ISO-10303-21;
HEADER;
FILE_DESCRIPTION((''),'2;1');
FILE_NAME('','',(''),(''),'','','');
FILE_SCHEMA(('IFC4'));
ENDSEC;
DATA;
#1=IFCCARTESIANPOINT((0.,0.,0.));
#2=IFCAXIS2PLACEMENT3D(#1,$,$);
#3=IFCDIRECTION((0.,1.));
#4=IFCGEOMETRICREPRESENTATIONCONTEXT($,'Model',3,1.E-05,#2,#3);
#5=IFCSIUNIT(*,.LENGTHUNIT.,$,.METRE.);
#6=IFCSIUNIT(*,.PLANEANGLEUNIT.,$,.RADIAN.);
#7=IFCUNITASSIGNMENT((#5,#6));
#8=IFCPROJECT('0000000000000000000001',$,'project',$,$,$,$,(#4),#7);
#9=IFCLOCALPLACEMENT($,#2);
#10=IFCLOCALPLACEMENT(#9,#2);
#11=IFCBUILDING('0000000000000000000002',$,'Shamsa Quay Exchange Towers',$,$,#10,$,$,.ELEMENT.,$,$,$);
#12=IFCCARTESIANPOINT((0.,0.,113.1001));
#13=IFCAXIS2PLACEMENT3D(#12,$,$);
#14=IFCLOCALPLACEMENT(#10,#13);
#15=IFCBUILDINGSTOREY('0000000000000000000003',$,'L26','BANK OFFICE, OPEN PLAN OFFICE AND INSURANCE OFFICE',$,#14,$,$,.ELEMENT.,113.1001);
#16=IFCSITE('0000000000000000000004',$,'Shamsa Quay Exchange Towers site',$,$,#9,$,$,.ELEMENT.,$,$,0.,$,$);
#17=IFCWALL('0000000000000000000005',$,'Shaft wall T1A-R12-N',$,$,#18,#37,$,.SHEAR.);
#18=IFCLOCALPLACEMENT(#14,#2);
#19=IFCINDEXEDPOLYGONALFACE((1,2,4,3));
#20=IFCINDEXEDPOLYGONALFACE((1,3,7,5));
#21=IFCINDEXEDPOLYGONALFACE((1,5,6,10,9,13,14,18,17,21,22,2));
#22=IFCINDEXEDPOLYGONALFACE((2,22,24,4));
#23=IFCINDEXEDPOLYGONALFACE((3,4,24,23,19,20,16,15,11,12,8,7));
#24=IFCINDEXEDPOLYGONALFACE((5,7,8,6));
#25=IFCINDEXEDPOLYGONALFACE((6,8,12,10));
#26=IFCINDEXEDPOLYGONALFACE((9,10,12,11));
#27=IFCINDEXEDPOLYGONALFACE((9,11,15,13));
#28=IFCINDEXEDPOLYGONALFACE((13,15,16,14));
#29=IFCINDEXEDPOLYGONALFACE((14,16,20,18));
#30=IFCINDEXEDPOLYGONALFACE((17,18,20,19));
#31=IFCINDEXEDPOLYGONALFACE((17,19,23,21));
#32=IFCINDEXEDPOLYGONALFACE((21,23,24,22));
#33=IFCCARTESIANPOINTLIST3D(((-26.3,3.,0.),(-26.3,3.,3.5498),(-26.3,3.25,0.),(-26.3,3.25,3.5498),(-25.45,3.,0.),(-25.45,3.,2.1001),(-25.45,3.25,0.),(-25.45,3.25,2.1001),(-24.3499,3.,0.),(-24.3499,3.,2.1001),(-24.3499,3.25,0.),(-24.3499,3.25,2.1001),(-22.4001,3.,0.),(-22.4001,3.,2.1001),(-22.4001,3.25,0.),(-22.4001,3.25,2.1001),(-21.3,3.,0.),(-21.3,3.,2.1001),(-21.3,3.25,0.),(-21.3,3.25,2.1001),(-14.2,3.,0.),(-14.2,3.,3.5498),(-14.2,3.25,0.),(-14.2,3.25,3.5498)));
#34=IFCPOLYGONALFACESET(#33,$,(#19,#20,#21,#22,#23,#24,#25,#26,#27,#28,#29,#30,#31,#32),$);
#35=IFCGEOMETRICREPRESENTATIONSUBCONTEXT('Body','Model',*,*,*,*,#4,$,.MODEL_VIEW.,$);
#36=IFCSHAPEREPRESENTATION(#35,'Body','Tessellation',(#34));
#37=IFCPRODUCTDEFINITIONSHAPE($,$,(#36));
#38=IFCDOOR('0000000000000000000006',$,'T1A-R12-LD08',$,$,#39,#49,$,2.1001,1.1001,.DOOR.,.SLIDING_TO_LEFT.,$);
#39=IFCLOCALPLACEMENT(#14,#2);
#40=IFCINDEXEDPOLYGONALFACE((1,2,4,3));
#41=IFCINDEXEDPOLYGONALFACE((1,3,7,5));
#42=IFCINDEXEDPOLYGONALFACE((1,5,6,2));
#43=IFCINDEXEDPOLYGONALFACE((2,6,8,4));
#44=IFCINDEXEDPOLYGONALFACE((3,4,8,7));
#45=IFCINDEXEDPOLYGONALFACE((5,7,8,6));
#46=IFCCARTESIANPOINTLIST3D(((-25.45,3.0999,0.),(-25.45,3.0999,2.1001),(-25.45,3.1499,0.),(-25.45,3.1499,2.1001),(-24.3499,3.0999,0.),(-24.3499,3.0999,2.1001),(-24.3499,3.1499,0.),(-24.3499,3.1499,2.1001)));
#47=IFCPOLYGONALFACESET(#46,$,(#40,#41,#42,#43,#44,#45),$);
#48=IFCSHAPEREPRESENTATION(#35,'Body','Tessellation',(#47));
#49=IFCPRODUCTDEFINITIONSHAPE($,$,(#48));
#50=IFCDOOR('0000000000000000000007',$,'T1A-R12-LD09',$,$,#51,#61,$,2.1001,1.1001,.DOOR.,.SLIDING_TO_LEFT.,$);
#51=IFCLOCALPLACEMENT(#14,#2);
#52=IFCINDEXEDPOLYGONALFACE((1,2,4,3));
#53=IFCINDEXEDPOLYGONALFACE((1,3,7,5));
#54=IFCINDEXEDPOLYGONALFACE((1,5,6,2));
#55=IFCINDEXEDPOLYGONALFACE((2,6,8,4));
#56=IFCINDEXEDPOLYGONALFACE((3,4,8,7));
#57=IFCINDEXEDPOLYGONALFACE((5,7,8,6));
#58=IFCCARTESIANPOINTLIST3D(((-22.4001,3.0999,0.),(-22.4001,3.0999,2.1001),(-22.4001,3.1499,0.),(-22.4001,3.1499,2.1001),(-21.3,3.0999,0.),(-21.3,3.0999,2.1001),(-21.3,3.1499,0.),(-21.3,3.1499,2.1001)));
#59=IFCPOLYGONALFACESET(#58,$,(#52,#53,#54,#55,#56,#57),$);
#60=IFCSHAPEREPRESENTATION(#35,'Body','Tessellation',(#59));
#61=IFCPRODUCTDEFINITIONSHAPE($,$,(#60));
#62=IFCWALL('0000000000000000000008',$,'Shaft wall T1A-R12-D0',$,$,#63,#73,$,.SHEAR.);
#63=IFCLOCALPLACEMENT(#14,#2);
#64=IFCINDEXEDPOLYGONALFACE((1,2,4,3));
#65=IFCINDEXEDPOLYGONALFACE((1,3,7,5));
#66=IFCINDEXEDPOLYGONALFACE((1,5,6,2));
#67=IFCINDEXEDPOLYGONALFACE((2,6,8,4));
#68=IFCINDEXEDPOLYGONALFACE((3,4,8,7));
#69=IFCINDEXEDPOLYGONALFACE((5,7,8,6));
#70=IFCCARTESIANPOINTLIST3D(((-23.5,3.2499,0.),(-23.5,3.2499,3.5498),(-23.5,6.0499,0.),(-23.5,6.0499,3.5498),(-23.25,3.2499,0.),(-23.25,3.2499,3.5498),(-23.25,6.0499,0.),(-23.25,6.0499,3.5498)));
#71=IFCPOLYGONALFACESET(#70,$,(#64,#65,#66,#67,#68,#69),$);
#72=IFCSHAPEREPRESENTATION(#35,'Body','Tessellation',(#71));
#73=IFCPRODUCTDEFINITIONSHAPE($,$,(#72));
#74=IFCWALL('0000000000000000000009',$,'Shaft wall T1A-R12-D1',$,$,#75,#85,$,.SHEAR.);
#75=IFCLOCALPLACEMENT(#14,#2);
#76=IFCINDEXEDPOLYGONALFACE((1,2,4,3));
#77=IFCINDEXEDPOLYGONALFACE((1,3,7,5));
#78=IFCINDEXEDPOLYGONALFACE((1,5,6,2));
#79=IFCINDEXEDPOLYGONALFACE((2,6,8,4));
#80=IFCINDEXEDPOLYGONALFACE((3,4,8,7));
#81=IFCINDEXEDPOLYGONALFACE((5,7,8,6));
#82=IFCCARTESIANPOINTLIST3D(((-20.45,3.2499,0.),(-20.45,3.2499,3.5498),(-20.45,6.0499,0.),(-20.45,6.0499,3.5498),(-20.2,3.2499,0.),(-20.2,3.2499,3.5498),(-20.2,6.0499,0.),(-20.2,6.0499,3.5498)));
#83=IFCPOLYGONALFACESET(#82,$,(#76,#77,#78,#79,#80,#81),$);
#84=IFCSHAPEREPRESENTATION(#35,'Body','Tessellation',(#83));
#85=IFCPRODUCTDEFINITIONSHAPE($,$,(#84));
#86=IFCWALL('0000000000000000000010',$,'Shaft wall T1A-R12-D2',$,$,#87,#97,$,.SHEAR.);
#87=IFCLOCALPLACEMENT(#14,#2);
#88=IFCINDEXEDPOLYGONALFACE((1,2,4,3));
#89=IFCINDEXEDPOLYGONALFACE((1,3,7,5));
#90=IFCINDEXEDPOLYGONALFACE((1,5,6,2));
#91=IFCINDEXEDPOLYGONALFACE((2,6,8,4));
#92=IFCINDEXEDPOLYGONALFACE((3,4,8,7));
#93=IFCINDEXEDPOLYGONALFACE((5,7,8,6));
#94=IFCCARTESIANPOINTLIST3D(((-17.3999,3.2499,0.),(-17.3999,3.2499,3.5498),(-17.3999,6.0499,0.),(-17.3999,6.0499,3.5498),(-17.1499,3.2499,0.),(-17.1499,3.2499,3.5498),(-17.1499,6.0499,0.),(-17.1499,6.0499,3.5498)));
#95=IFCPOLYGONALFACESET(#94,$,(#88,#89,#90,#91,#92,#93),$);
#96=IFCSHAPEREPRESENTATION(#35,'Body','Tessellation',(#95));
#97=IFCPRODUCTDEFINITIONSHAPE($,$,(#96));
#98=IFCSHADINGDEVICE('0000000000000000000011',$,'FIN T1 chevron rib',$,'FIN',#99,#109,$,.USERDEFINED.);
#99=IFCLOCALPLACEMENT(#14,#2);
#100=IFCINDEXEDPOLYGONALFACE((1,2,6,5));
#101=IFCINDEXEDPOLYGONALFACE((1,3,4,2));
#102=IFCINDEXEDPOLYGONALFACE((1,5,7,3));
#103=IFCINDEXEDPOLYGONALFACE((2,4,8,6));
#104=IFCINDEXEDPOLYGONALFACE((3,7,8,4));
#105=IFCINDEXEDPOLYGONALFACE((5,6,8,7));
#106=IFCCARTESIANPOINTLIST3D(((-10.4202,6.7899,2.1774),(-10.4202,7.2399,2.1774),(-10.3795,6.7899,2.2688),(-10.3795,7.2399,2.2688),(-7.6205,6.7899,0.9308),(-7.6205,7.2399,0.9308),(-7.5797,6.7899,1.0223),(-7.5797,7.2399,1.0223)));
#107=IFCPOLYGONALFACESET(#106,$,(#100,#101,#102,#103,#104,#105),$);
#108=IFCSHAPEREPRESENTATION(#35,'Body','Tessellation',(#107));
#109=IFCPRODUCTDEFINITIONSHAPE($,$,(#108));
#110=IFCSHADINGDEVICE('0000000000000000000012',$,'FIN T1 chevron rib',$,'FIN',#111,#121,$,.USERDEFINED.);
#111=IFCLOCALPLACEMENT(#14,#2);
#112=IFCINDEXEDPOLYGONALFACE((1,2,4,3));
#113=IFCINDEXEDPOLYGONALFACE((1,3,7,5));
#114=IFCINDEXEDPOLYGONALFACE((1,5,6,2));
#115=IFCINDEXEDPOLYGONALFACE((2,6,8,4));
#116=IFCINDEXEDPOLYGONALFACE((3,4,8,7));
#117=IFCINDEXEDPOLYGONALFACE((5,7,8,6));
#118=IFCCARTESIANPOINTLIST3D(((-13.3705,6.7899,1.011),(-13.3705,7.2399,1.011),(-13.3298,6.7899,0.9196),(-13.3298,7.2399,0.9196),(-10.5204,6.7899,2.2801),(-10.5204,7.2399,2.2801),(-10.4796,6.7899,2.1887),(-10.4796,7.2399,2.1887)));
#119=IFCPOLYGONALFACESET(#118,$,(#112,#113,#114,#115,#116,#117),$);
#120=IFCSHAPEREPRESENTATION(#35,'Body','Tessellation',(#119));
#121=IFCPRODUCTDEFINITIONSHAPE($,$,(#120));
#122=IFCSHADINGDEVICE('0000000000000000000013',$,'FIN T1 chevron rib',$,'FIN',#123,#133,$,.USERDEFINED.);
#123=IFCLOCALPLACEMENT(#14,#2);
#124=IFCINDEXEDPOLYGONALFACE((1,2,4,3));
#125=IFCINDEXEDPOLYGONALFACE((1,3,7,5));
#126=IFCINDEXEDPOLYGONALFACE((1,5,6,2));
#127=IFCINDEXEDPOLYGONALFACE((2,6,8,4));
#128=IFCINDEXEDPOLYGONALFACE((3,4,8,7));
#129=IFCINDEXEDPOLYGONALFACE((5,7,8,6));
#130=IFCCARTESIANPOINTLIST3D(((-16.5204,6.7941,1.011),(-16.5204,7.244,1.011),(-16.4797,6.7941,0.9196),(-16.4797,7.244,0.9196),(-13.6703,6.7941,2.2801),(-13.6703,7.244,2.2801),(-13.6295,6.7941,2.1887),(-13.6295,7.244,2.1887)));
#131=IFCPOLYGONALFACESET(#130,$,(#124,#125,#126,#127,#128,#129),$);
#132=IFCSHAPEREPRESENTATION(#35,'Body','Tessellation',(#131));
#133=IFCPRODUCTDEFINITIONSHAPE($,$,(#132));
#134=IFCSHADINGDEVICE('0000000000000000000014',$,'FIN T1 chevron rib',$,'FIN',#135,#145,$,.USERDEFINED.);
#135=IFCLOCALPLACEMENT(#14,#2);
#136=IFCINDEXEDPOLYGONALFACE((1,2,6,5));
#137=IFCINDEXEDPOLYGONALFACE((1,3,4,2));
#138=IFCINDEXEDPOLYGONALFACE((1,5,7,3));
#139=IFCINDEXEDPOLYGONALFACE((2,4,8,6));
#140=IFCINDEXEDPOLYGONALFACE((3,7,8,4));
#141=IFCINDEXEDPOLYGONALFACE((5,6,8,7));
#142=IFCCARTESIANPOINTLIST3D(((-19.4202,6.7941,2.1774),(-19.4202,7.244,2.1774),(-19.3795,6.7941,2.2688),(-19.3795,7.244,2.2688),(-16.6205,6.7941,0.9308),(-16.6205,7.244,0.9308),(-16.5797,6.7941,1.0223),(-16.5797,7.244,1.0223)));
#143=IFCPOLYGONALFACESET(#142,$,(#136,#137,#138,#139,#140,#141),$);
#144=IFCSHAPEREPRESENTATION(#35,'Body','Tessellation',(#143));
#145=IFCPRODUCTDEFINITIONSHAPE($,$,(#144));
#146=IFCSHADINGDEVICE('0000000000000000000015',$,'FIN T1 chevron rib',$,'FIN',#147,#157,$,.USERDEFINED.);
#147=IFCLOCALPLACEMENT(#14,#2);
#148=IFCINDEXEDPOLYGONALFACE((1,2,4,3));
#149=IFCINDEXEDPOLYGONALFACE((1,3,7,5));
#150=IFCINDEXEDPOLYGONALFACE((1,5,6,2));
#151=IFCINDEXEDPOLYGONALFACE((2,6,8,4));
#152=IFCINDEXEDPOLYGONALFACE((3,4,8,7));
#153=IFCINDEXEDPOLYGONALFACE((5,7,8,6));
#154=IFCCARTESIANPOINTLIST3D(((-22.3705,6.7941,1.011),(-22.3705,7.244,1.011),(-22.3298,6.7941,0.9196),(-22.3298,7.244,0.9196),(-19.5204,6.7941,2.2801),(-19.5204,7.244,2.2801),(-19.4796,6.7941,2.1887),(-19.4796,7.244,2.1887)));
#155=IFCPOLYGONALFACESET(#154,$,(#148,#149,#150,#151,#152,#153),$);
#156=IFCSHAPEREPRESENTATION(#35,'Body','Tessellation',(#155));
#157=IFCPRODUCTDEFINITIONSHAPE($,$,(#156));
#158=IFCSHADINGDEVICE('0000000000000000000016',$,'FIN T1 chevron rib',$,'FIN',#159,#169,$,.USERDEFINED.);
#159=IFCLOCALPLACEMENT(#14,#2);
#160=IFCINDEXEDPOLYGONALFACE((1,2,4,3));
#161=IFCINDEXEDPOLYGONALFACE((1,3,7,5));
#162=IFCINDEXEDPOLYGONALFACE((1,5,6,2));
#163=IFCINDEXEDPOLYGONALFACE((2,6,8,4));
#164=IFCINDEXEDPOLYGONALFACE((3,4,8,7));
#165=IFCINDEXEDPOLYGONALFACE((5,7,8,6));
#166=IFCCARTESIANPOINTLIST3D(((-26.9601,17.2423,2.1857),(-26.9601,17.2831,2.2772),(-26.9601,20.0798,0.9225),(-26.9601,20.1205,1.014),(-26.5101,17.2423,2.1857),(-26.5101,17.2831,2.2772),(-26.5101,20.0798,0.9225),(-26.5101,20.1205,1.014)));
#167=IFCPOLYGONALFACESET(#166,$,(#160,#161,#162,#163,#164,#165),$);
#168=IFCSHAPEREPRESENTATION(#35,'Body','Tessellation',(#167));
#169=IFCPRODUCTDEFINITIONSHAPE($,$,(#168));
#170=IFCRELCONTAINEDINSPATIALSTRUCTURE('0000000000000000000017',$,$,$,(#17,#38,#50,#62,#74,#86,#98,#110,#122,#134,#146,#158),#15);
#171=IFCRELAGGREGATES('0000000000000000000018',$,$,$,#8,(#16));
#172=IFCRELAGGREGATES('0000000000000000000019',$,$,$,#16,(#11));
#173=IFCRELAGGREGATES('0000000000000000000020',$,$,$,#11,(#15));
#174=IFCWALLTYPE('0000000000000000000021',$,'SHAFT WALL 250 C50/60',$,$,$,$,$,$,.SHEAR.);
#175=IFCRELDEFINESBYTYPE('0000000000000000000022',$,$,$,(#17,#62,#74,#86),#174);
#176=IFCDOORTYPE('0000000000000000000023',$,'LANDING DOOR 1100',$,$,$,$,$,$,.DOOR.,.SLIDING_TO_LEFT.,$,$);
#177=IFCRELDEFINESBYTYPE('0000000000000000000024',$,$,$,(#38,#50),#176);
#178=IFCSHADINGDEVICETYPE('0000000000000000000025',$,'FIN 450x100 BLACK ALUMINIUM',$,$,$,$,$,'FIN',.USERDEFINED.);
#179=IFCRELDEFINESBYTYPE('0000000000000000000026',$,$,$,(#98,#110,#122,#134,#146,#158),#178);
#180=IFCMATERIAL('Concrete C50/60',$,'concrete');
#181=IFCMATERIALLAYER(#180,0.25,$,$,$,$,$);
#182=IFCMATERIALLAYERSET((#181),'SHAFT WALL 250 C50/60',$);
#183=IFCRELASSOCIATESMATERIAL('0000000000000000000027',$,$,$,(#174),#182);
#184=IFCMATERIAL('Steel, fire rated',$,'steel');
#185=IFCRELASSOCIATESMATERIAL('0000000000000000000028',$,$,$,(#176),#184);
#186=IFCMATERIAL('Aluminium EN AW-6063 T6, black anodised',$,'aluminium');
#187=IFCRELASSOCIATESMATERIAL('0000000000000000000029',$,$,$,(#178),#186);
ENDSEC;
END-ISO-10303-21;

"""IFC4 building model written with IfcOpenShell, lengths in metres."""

from ifc_helpers import new_model, si_unit, direction, frame, frame_2d, origin, origin_2d, place, context, subcontext, project, spatial, rectangle, extrude, material, layer, layer_set, material_profile, profile_set, type_object, element, fill, save


model = new_model("IFC4")

# Units and contexts
model_context = context("Model", 3, precision=1e-05, world=origin(), true_north=direction((0.0, 1.0)))
body_context = subcontext(model_context, "Body", "Model", "MODEL_VIEW")
ifc_project = project(units=[si_unit("LENGTHUNIT", "METRE"), si_unit("PLANEANGLEUNIT", "RADIAN")], contexts=[model_context])

# Site, building, storey
site_placement = place(None, origin())
site = spatial("IfcSite", under=ifc_project, at=site_placement, Name="Shamsa Quay Exchange Towers site", CompositionType="ELEMENT", RefElevation=0.0)
building_placement = place(site_placement, origin())
building = spatial("IfcBuilding", under=site, at=building_placement, Name="Shamsa Quay Exchange Towers", CompositionType="ELEMENT")
storey_placement = place(building_placement, frame((0.0, 0.0, 113.1001)))
storey = spatial("IfcBuildingStorey", under=building, at=storey_placement, Name="L26", Description="BANK OFFICE, OPEN PLAN OFFICE AND INSURANCE OFFICE", CompositionType="ELEMENT", Elevation=113.1001)

# Shared definitions
ifc_material_1 = material(Name="Aluminium EN AW-6063 T6, black anodised", Category="aluminium")

# Shared definitions
ifc_material_2 = material(Name="Steel, fire rated", Category="steel")

# Wall, openings, doors
ifc_material_3 = material(Name="Concrete C50/60", Category="concrete")
ifc_layer_1 = layer(ifc_material_3, 0.25)
ifc_layer_set_1 = layer_set([ifc_layer_1], Name="SHAFT WALL 250 C50/60")
wall_type_1 = type_object("IfcWallType", Name="SHAFT WALL 250 C50/60", PredefinedType="SHEAR", material=ifc_layer_set_1)
wall_1_placement = place(storey_placement, frame((-26.3, 3.125, 0.0)))
wall_1 = element("IfcWall", 1, at=wall_1_placement, inside=storey, type_object=wall_type_1, Name="Shaft wall T1A-R12-N", PredefinedType="SHEAR", context=body_context, shape_type="SweptSolid", body=[
    extrude(rectangle(XDim=12.1001, YDim=0.25, at=frame_2d((6.05, 0.0))), origin(), (0.0, 0.0, 1.0), 3.5498),
])
opening_1_placement = place(wall_1_placement, frame((0.8501, 0.0, 0.0)))
opening_1 = element("IfcOpeningElement", 2, at=opening_1_placement, cuts=wall_1, PredefinedType="OPENING", context=body_context, shape_type="SweptSolid", body=[
    extrude(rectangle(XDim=1.1001, YDim=2.1001, at=frame_2d((0.55, 1.05))), frame((0.0, 0.135, 0.0), z_axis=(0.0, -1.0, 0.0), x_axis=(1.0, 0.0, 0.0)), (0.0, 0.0, 1.0), 0.27),
])
opening_2_placement = place(wall_1_placement, frame((3.8999, 0.0, 0.0)))
opening_2 = element("IfcOpeningElement", 3, at=opening_2_placement, cuts=wall_1, PredefinedType="OPENING", context=body_context, shape_type="SweptSolid", body=[
    extrude(rectangle(XDim=1.1001, YDim=2.1001, at=frame_2d((0.55, 1.05))), frame((0.0, 0.135, 0.0), z_axis=(0.0, -1.0, 0.0), x_axis=(1.0, 0.0, 0.0)), (0.0, 0.0, 1.0), 0.27),
])
door_type_1 = type_object("IfcDoorType", Name="LANDING DOOR 1100", OperationType="SLIDING_TO_LEFT", PredefinedType="DOOR", material=ifc_material_2)
door_1_placement = place(opening_1_placement, origin())
door_1 = element("IfcDoor", 4, at=door_1_placement, inside=storey, type_object=door_type_1, Name="T1A-R12-LD08", OperationType="SLIDING_TO_LEFT", OverallHeight=2.1001, OverallWidth=1.1001, PredefinedType="DOOR", context=body_context, shape_type="SweptSolid", body=[
    extrude(rectangle(XDim=1.1001, YDim=2.1001, at=frame_2d((0.55, 1.05))), frame((0.0, 0.0249, 0.0), z_axis=(0.0, -1.0, 0.0), x_axis=(1.0, 0.0, 0.0)), (0.0, 0.0, 1.0), 0.05),
])
fill(opening_1, door_1)
door_2_placement = place(opening_2_placement, origin())
door_2 = element("IfcDoor", 5, at=door_2_placement, inside=storey, type_object=door_type_1, Name="T1A-R12-LD09", OperationType="SLIDING_TO_LEFT", OverallHeight=2.1001, OverallWidth=1.1001, PredefinedType="DOOR", context=body_context, shape_type="SweptSolid", body=[
    extrude(rectangle(XDim=1.1001, YDim=2.1001, at=frame_2d((0.55, 1.05))), frame((0.0, 0.0249, 0.0), z_axis=(0.0, -1.0, 0.0), x_axis=(1.0, 0.0, 0.0)), (0.0, 0.0, 1.0), 0.05),
])
fill(opening_2, door_2)

# Walls
for number, where, z_axis, x_axis, name in (
    (6, (-23.375, 3.25, 0.0), (0.0, 0.0, 1.0), (0.0, 1.0, 0.0), "Shaft wall T1A-R12-D0"),
    (7, (-20.325, 3.25, 0.0), (0.0, 0.0, 1.0), (0.0, 1.0, 0.0), "Shaft wall T1A-R12-D1"),
    (8, (-17.2749, 3.25, 0.0), (0.0, 0.0, 1.0), (0.0, 1.0, 0.0), "Shaft wall T1A-R12-D2"),
):
    element("IfcWall", number, at=place(storey_placement, frame(where, z_axis=z_axis, x_axis=x_axis)), inside=storey, type_object=wall_type_1, Name=name, PredefinedType="SHEAR", context=body_context, shape_type="SweptSolid", body=[
        extrude(rectangle(XDim=2.8, YDim=0.25, at=frame_2d((1.3999, 0.0))), origin(), (0.0, 0.0, 1.0), 3.5498),
    ])

# Shading devices
ifc_material_profile_1 = material_profile(ifc_material_1, rectangle(XDim=0.45, YDim=0.1001, at=origin_2d()), Name="FIN450x100")
ifc_profile_set_1 = profile_set([ifc_material_profile_1], Name="Aluminium EN AW-6063 T6, black anodised")
shading_device_type = type_object("IfcShadingDeviceType", Name="FIN 450x100 BLACK ALUMINIUM", ElementType="FIN", PredefinedType="USERDEFINED", material=ifc_profile_set_1)
shading_device_1_placement = place(storey_placement, frame((-7.6001, 7.0149, 0.9766), z_axis=(-0.913542, 0.0, 0.406744), x_axis=(0.0, -1.0, 0.0)))
element("IfcShadingDevice", 9, at=shading_device_1_placement, inside=storey, type_object=shading_device_type, Name="FIN T1 chevron rib", ObjectType="FIN", PredefinedType="USERDEFINED", context=body_context, shape_type="SweptSolid", body=[
    extrude(rectangle(XDim=0.45, YDim=0.1001, at=origin_2d()), origin(), (0.0, 0.0, 1.0), 3.0647),
])
for number, where, z_axis, x_axis, name in (
    (10, (-10.5, 7.0149, 2.2344), (-0.913534, 0.0, -0.406763), (0.0, -1.0, 0.0), "FIN T1 chevron rib"),
    (11, (-13.6499, 7.019, 2.2344), (-0.913534, 0.0, -0.406763), (0.0, -1.0, 0.0), "FIN T1 chevron rib"),
):
    element("IfcShadingDevice", number, at=place(storey_placement, frame(where, z_axis=z_axis, x_axis=x_axis)), inside=storey, type_object=shading_device_type, Name=name, ObjectType="FIN", PredefinedType="USERDEFINED", context=body_context, shape_type="SweptSolid", body=[
        extrude(rectangle(XDim=0.45, YDim=0.1001, at=origin_2d()), origin(), (0.0, 0.0, 1.0), 3.1199),
    ])
shading_device_2_placement = place(storey_placement, frame((-16.6001, 7.019, 0.9766), z_axis=(-0.913542, 0.0, 0.406744), x_axis=(0.0, -1.0, 0.0)))
element("IfcShadingDevice", 12, at=shading_device_2_placement, inside=storey, type_object=shading_device_type, Name="FIN T1 chevron rib", ObjectType="FIN", PredefinedType="USERDEFINED", context=body_context, shape_type="SweptSolid", body=[
    extrude(rectangle(XDim=0.45, YDim=0.1001, at=origin_2d()), origin(), (0.0, 0.0, 1.0), 3.0647),
])
shading_device_3_placement = place(storey_placement, frame((-19.5, 7.019, 2.2344), z_axis=(-0.913534, 0.0, -0.406763), x_axis=(0.0, -1.0, 0.0)))
element("IfcShadingDevice", 13, at=shading_device_3_placement, inside=storey, type_object=shading_device_type, Name="FIN T1 chevron rib", ObjectType="FIN", PredefinedType="USERDEFINED", context=body_context, shape_type="SweptSolid", body=[
    extrude(rectangle(XDim=0.45, YDim=0.1001, at=origin_2d()), origin(), (0.0, 0.0, 1.0), 3.1199),
])
shading_device_4_placement = place(storey_placement, frame((-26.7351, 17.2627, 2.2314), z_axis=(0.0, 0.913559, -0.406707), x_axis=(-1.0, 0.0, 0.0)))
element("IfcShadingDevice", 14, at=shading_device_4_placement, inside=storey, type_object=shading_device_type, Name="FIN T1 chevron rib", ObjectType="FIN", PredefinedType="USERDEFINED", context=body_context, shape_type="SweptSolid", body=[
    extrude(rectangle(XDim=0.45, YDim=0.1001, at=origin_2d()), origin(), (0.0, 0.0, 1.0), 3.106),
])

save(model, "model.ifc")
